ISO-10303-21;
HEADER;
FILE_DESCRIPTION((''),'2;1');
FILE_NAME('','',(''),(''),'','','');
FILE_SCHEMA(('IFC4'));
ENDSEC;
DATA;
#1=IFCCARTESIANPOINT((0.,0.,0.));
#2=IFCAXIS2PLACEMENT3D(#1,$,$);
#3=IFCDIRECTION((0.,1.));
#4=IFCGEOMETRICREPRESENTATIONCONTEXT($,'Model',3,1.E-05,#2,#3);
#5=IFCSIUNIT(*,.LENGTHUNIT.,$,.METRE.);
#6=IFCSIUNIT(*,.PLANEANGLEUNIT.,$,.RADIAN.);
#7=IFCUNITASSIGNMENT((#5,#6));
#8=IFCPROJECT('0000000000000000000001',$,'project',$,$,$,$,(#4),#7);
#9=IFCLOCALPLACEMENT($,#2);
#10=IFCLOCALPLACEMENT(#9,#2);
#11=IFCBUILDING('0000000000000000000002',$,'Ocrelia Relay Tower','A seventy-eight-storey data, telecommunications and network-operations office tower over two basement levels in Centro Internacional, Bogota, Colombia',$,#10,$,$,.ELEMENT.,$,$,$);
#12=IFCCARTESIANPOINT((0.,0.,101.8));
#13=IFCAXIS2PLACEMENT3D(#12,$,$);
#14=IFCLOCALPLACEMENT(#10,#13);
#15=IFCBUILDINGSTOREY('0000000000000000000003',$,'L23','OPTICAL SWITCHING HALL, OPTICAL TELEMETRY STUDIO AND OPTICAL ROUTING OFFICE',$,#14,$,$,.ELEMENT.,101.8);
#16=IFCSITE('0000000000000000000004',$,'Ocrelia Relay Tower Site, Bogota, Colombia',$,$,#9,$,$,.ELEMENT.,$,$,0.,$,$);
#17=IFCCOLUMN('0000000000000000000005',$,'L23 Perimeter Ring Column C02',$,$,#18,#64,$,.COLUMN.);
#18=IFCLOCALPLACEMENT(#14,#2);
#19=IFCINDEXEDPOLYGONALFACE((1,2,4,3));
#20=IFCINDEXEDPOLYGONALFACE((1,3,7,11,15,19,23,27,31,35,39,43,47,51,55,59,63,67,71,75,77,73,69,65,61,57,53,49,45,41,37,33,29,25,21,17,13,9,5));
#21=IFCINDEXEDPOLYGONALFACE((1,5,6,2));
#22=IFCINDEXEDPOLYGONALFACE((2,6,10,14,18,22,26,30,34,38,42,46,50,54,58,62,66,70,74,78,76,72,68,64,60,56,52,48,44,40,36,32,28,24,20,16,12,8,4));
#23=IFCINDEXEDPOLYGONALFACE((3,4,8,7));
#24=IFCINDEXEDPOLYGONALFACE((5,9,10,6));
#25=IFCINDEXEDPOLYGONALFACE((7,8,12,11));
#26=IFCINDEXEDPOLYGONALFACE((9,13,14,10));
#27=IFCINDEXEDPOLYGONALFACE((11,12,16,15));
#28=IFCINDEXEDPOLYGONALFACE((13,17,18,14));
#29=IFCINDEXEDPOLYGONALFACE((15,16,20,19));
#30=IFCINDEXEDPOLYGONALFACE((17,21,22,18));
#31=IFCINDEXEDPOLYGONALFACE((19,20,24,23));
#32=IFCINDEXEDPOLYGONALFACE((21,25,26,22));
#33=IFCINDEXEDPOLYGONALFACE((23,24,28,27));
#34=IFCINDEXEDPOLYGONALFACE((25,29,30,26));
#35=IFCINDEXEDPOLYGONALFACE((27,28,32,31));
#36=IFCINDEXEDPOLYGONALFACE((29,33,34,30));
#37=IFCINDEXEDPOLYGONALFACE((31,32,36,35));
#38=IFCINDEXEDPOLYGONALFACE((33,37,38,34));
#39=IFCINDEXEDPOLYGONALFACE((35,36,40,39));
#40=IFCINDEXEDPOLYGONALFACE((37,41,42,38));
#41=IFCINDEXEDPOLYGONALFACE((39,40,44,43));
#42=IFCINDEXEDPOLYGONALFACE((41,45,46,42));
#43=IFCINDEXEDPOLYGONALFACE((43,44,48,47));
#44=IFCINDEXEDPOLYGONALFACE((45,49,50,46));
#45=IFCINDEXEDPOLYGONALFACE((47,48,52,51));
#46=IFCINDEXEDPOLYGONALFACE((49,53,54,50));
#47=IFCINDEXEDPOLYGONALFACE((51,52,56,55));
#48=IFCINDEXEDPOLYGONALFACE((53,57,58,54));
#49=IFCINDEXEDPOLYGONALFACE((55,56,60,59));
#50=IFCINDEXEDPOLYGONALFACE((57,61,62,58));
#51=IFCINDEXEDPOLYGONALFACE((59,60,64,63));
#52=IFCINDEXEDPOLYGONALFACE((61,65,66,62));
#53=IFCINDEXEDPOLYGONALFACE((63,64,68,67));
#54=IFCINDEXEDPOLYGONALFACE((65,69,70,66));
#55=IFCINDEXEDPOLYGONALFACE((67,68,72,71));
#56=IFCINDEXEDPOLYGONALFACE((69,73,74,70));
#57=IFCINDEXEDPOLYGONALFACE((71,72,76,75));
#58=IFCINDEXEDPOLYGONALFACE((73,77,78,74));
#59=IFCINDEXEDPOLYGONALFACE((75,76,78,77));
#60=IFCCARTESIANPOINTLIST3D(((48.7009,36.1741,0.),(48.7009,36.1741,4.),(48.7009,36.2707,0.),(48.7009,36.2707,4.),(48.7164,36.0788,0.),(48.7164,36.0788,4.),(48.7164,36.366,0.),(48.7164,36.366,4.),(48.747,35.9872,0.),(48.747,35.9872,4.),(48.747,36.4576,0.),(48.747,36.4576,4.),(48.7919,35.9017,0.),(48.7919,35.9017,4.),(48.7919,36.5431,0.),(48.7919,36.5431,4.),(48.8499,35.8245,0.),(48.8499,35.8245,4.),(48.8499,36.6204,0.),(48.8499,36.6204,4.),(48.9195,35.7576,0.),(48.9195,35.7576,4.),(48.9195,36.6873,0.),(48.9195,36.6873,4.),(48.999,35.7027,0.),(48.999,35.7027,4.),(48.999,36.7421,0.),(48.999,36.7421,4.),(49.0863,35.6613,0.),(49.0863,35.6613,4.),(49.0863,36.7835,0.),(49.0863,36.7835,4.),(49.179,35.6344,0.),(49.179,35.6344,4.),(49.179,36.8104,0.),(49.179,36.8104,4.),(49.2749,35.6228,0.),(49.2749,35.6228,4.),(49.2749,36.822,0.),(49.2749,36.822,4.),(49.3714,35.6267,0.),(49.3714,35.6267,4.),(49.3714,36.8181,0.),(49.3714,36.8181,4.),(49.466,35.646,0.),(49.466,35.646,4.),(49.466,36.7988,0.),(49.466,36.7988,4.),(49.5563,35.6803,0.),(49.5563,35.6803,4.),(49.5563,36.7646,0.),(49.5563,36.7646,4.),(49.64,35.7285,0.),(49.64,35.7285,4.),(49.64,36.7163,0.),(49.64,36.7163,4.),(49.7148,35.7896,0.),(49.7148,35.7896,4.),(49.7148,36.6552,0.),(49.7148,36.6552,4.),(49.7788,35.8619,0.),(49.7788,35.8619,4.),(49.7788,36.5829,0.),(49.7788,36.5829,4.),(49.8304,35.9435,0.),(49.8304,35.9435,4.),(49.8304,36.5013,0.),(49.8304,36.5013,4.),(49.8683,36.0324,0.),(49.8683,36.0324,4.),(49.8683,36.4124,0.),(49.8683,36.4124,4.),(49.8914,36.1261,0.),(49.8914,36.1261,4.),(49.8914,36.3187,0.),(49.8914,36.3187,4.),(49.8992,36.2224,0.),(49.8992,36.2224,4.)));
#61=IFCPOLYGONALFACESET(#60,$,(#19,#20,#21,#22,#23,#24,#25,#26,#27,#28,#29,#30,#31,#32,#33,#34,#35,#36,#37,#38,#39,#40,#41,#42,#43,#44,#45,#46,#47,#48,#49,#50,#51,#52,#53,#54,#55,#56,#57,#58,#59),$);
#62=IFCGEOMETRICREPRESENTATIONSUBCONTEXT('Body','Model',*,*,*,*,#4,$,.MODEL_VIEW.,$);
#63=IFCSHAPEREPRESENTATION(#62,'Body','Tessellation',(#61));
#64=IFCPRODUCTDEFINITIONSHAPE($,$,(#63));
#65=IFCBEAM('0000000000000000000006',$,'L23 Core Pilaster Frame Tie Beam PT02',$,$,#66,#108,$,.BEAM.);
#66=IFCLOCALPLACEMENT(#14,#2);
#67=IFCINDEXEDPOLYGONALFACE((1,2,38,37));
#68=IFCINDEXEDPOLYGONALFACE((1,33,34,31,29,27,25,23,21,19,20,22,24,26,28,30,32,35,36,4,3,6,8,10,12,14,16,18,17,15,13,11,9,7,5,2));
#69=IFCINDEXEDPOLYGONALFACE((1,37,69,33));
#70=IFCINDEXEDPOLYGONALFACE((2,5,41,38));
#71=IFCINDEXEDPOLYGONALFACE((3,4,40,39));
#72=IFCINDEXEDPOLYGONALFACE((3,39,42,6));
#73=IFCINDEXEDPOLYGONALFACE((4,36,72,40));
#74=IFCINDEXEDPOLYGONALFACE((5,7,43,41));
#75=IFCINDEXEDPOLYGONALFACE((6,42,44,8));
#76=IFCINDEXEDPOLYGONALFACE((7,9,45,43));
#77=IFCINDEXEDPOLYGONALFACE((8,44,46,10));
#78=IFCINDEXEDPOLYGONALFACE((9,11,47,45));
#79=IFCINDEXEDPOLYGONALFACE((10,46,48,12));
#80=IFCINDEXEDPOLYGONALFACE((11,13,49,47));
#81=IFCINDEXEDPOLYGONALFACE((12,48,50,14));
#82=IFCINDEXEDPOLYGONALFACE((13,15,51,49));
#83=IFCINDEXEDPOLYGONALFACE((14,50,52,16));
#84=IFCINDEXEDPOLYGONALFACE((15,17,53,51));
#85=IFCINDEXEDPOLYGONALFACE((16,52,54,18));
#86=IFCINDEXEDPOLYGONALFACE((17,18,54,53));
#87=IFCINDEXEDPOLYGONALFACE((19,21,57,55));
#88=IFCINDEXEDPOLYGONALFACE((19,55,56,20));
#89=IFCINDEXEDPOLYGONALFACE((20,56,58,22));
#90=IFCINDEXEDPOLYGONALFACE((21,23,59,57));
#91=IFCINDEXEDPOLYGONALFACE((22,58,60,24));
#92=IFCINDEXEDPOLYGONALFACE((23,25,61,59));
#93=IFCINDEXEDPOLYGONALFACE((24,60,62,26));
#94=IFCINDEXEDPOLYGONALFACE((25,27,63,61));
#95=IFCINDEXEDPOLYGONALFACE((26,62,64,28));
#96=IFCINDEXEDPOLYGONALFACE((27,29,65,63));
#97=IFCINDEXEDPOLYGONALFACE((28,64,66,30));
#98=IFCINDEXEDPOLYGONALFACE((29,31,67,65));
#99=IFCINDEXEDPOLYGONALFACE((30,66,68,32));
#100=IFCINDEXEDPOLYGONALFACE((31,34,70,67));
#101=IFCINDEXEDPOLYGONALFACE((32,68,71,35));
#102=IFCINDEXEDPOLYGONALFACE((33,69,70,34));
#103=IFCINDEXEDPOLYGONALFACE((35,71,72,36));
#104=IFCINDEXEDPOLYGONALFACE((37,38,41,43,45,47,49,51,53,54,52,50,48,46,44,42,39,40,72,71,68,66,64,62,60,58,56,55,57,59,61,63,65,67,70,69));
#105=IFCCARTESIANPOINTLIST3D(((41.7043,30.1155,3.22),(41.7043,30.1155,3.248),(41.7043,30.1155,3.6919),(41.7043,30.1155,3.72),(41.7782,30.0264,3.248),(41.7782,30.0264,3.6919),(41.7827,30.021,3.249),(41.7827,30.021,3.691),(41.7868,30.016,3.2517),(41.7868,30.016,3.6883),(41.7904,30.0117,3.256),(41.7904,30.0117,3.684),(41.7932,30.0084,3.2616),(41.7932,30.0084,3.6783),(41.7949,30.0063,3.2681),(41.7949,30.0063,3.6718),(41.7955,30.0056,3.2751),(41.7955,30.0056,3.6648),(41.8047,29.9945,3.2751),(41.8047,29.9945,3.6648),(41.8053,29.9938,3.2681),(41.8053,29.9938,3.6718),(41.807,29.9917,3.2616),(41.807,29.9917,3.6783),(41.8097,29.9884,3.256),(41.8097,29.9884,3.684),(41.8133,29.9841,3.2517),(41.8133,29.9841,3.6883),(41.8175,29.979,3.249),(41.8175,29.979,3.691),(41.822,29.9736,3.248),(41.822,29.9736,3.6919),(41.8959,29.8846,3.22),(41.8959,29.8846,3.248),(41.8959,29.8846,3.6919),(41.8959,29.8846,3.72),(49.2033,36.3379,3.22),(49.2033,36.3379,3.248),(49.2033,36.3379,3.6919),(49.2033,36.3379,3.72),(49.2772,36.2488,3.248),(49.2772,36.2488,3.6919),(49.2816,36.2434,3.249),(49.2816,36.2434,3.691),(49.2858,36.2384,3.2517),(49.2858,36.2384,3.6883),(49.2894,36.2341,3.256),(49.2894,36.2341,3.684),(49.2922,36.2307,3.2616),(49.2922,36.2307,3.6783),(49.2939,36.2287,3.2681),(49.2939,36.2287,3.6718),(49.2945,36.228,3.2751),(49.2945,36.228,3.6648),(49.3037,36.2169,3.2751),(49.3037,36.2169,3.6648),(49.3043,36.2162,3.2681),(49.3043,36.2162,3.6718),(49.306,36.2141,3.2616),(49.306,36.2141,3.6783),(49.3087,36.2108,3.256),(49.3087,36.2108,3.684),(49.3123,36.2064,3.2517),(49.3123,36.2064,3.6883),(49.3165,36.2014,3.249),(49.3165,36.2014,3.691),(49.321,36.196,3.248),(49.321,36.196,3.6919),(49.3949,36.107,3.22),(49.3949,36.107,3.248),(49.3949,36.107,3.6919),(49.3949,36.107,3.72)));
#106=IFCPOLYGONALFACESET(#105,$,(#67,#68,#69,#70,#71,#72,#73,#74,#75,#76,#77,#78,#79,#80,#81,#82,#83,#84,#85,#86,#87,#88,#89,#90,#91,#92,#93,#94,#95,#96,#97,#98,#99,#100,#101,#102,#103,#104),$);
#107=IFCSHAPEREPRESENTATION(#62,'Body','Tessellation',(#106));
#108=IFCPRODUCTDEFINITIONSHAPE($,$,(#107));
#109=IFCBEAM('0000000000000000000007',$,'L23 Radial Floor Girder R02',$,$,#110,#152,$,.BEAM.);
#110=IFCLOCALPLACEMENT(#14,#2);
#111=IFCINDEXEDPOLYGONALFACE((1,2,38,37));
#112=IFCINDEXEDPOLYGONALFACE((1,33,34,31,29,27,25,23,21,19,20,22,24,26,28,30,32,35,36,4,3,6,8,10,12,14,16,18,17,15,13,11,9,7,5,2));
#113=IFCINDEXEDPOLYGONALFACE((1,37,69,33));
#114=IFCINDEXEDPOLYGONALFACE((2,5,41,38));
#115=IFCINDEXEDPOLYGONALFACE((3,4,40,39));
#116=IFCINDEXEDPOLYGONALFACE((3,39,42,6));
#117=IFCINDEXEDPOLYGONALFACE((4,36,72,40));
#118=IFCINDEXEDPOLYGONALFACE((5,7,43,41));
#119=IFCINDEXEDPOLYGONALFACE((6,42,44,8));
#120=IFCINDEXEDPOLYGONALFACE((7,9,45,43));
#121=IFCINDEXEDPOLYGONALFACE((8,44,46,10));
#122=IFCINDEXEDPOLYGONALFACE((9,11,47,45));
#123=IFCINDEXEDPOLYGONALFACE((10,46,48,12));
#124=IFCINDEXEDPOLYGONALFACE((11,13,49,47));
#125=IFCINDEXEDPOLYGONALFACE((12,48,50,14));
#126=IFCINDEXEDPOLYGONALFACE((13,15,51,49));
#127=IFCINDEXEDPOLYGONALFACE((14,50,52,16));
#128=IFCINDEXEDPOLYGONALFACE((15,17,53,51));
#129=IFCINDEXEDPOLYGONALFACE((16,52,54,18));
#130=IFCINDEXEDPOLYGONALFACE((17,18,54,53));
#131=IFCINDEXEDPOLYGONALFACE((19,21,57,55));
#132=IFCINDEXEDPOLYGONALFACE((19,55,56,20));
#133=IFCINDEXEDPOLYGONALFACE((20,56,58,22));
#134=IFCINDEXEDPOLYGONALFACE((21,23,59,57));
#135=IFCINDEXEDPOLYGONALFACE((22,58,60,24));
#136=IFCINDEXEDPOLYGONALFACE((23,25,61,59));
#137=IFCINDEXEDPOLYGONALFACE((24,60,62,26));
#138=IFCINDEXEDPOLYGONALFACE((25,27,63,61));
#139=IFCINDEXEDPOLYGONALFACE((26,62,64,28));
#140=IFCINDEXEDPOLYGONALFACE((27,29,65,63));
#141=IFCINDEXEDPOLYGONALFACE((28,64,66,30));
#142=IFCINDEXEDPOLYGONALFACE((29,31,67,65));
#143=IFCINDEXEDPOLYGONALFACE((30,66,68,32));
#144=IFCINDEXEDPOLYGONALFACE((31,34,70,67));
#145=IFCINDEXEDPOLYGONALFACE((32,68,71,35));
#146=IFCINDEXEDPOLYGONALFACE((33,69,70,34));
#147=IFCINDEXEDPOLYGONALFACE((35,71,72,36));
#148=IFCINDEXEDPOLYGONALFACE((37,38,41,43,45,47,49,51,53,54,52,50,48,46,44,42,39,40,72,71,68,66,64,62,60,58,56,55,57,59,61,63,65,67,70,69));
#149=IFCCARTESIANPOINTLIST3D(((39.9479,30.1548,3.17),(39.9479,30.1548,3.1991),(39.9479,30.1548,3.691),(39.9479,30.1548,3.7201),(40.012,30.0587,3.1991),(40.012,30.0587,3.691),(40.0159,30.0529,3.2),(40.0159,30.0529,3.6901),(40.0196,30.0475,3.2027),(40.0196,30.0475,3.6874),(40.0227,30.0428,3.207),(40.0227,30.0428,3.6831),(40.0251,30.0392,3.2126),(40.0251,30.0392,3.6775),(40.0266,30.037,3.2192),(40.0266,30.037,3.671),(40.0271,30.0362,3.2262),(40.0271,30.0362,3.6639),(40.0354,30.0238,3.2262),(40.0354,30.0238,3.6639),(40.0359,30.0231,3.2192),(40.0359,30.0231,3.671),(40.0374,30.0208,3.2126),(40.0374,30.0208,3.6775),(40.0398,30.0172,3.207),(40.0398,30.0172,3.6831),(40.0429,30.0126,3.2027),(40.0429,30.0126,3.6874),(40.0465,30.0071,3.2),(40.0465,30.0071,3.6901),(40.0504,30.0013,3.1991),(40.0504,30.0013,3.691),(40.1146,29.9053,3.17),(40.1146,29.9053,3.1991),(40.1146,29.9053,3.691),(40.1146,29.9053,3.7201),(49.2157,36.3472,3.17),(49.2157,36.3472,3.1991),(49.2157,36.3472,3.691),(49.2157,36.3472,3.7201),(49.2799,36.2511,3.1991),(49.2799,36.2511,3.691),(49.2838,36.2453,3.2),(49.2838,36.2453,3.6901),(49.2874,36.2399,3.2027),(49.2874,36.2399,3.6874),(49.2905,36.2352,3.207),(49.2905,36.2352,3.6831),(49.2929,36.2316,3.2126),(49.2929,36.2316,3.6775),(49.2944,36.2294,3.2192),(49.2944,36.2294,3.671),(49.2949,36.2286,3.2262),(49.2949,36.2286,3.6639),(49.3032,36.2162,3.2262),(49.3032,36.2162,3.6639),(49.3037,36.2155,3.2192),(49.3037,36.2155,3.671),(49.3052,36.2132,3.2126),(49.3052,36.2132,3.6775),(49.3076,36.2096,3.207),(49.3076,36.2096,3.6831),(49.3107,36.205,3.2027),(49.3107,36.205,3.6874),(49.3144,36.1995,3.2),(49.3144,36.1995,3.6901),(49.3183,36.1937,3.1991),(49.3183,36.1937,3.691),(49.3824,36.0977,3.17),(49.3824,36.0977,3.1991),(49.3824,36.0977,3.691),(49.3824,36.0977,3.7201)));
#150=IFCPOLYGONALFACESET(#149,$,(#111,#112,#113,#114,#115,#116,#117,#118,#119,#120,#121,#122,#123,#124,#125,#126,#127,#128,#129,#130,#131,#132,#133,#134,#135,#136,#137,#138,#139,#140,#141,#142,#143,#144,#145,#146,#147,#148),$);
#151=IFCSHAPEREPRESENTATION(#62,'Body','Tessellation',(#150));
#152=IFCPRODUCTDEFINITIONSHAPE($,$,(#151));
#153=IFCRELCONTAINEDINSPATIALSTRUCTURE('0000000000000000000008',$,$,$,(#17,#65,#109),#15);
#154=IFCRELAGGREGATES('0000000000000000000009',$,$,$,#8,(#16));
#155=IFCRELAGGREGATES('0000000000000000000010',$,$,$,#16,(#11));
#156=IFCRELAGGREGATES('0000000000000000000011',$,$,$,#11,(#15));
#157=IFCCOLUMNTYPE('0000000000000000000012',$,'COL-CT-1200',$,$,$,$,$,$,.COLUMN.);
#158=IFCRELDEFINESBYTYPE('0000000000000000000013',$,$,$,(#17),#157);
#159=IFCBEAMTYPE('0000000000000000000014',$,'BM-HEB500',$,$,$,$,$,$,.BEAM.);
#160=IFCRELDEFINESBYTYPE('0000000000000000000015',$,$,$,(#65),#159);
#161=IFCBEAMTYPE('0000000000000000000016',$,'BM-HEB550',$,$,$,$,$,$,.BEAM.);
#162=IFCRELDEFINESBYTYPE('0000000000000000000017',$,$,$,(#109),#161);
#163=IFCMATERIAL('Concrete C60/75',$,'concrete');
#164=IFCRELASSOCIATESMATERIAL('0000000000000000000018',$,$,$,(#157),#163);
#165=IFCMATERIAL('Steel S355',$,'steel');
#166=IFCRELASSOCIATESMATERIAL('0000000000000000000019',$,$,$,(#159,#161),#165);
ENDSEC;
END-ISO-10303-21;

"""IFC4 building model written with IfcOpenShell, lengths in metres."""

from ifc_helpers import new_model, si_unit, direction, frame, origin, origin_2d, place, context, subcontext, project, spatial, circle, i_section, extrude, material, material_profile, profile_set, type_object, element, save


model = new_model("IFC4")

# Units and contexts
model_context = context("Model", 3, precision=1e-05, world=origin(), true_north=direction((0.0, 1.0)))
body_context = subcontext(model_context, "Body", "Model", "MODEL_VIEW")
ifc_project = project(units=[si_unit("LENGTHUNIT", "METRE"), si_unit("PLANEANGLEUNIT", "RADIAN")], contexts=[model_context])

# Site, building, storey
site_placement = place(None, origin())
site = spatial("IfcSite", under=ifc_project, at=site_placement, Name="Ocrelia Relay Tower Site, Bogota, Colombia", CompositionType="ELEMENT", RefElevation=0.0)
building_placement = place(site_placement, origin())
building = spatial("IfcBuilding", under=site, at=building_placement, Name="Ocrelia Relay Tower", Description="A seventy-eight-storey data, telecommunications and network-operations office tower over two basement levels in Centro Internacional, Bogota, Colombia", CompositionType="ELEMENT")
storey_placement = place(building_placement, frame((0.0, 0.0, 101.8)))
storey = spatial("IfcBuildingStorey", under=building, at=storey_placement, Name="L23", Description="OPTICAL SWITCHING HALL, OPTICAL TELEMETRY STUDIO AND OPTICAL ROUTING OFFICE", CompositionType="ELEMENT", Elevation=101.8)

# Column
ifc_material_1 = material(Name="Concrete C60/75", Category="concrete")
ifc_material_profile_1 = material_profile(ifc_material_1, circle(Radius=0.6001, at=origin_2d()), Name="RC-CIR-1200")
ifc_profile_set_1 = profile_set([ifc_material_profile_1], Name="Concrete C60/75")
column_type = type_object("IfcColumnType", Name="COL-CT-1200", PredefinedType="COLUMN", material=ifc_profile_set_1)
column_placement = place(storey_placement, frame((49.2991, 36.2224, 0.0), z_axis=(0.0, 0.0, 1.0), x_axis=(1.0, 0.0, 0.0)))
element("IfcColumn", 1, at=column_placement, inside=storey, type_object=column_type, Name="L23 Perimeter Ring Column C02", PredefinedType="COLUMN", context=body_context, shape_type="SweptSolid", body=[
    extrude(circle(Radius=0.6001, at=origin_2d()), origin(), (0.0, 0.0, 1.0), 4.0),
])

# Beams
ifc_material_2 = material(Name="Steel S355", Category="steel")
ifc_material_profile_2 = material_profile(ifc_material_2, i_section(OverallWidth=0.3, OverallDepth=0.5, WebThickness=0.0144, FlangeThickness=0.0281, FilletRadius=0.0271, at=origin_2d()), Name="HEB 500")
ifc_profile_set_2 = profile_set([ifc_material_profile_2], Name="Steel S355")
beam_type_1 = type_object("IfcBeamType", Name="BM-HEB500", PredefinedType="BEAM", material=ifc_profile_set_2)
beam_1_placement = place(storey_placement, frame((49.2991, 36.2224, 3.47), z_axis=(-0.769571, -0.638561, 0.0), x_axis=(0.638561, -0.769571, 0.0)))
element("IfcBeam", 2, at=beam_1_placement, inside=storey, type_object=beam_type_1, Name="L23 Core Pilaster Frame Tie Beam PT02", PredefinedType="BEAM", context=body_context, shape_type="SweptSolid", body=[
    extrude(i_section(OverallWidth=0.3, OverallDepth=0.5, WebThickness=0.0144, FlangeThickness=0.0281, FilletRadius=0.0271, at=origin_2d()), origin(), (0.0, 0.0, 1.0), 9.7444),
])
ifc_material_profile_3 = material_profile(ifc_material_2, i_section(OverallWidth=0.3, OverallDepth=0.55, WebThickness=0.0149, FlangeThickness=0.0291, FilletRadius=0.0271, at=origin_2d()), Name="HEB 550")
ifc_profile_set_3 = profile_set([ifc_material_profile_3], Name="Steel S355")
beam_type_2 = type_object("IfcBeamType", Name="BM-HEB550", PredefinedType="BEAM", material=ifc_profile_set_3)
beam_2_placement = place(storey_placement, frame((49.2991, 36.2224, 3.4451), z_axis=(-0.831477, -0.555559, 0.0), x_axis=(0.555559, -0.831477, 0.0)))
element("IfcBeam", 3, at=beam_2_placement, inside=storey, type_object=beam_type_2, Name="L23 Radial Floor Girder R02", PredefinedType="BEAM", context=body_context, shape_type="SweptSolid", body=[
    extrude(i_section(OverallWidth=0.3, OverallDepth=0.55, WebThickness=0.0149, FlangeThickness=0.0291, FilletRadius=0.0271, at=origin_2d()), origin(), (0.0, 0.0, 1.0), 11.1462),
])

save(model, "model.ifc")
